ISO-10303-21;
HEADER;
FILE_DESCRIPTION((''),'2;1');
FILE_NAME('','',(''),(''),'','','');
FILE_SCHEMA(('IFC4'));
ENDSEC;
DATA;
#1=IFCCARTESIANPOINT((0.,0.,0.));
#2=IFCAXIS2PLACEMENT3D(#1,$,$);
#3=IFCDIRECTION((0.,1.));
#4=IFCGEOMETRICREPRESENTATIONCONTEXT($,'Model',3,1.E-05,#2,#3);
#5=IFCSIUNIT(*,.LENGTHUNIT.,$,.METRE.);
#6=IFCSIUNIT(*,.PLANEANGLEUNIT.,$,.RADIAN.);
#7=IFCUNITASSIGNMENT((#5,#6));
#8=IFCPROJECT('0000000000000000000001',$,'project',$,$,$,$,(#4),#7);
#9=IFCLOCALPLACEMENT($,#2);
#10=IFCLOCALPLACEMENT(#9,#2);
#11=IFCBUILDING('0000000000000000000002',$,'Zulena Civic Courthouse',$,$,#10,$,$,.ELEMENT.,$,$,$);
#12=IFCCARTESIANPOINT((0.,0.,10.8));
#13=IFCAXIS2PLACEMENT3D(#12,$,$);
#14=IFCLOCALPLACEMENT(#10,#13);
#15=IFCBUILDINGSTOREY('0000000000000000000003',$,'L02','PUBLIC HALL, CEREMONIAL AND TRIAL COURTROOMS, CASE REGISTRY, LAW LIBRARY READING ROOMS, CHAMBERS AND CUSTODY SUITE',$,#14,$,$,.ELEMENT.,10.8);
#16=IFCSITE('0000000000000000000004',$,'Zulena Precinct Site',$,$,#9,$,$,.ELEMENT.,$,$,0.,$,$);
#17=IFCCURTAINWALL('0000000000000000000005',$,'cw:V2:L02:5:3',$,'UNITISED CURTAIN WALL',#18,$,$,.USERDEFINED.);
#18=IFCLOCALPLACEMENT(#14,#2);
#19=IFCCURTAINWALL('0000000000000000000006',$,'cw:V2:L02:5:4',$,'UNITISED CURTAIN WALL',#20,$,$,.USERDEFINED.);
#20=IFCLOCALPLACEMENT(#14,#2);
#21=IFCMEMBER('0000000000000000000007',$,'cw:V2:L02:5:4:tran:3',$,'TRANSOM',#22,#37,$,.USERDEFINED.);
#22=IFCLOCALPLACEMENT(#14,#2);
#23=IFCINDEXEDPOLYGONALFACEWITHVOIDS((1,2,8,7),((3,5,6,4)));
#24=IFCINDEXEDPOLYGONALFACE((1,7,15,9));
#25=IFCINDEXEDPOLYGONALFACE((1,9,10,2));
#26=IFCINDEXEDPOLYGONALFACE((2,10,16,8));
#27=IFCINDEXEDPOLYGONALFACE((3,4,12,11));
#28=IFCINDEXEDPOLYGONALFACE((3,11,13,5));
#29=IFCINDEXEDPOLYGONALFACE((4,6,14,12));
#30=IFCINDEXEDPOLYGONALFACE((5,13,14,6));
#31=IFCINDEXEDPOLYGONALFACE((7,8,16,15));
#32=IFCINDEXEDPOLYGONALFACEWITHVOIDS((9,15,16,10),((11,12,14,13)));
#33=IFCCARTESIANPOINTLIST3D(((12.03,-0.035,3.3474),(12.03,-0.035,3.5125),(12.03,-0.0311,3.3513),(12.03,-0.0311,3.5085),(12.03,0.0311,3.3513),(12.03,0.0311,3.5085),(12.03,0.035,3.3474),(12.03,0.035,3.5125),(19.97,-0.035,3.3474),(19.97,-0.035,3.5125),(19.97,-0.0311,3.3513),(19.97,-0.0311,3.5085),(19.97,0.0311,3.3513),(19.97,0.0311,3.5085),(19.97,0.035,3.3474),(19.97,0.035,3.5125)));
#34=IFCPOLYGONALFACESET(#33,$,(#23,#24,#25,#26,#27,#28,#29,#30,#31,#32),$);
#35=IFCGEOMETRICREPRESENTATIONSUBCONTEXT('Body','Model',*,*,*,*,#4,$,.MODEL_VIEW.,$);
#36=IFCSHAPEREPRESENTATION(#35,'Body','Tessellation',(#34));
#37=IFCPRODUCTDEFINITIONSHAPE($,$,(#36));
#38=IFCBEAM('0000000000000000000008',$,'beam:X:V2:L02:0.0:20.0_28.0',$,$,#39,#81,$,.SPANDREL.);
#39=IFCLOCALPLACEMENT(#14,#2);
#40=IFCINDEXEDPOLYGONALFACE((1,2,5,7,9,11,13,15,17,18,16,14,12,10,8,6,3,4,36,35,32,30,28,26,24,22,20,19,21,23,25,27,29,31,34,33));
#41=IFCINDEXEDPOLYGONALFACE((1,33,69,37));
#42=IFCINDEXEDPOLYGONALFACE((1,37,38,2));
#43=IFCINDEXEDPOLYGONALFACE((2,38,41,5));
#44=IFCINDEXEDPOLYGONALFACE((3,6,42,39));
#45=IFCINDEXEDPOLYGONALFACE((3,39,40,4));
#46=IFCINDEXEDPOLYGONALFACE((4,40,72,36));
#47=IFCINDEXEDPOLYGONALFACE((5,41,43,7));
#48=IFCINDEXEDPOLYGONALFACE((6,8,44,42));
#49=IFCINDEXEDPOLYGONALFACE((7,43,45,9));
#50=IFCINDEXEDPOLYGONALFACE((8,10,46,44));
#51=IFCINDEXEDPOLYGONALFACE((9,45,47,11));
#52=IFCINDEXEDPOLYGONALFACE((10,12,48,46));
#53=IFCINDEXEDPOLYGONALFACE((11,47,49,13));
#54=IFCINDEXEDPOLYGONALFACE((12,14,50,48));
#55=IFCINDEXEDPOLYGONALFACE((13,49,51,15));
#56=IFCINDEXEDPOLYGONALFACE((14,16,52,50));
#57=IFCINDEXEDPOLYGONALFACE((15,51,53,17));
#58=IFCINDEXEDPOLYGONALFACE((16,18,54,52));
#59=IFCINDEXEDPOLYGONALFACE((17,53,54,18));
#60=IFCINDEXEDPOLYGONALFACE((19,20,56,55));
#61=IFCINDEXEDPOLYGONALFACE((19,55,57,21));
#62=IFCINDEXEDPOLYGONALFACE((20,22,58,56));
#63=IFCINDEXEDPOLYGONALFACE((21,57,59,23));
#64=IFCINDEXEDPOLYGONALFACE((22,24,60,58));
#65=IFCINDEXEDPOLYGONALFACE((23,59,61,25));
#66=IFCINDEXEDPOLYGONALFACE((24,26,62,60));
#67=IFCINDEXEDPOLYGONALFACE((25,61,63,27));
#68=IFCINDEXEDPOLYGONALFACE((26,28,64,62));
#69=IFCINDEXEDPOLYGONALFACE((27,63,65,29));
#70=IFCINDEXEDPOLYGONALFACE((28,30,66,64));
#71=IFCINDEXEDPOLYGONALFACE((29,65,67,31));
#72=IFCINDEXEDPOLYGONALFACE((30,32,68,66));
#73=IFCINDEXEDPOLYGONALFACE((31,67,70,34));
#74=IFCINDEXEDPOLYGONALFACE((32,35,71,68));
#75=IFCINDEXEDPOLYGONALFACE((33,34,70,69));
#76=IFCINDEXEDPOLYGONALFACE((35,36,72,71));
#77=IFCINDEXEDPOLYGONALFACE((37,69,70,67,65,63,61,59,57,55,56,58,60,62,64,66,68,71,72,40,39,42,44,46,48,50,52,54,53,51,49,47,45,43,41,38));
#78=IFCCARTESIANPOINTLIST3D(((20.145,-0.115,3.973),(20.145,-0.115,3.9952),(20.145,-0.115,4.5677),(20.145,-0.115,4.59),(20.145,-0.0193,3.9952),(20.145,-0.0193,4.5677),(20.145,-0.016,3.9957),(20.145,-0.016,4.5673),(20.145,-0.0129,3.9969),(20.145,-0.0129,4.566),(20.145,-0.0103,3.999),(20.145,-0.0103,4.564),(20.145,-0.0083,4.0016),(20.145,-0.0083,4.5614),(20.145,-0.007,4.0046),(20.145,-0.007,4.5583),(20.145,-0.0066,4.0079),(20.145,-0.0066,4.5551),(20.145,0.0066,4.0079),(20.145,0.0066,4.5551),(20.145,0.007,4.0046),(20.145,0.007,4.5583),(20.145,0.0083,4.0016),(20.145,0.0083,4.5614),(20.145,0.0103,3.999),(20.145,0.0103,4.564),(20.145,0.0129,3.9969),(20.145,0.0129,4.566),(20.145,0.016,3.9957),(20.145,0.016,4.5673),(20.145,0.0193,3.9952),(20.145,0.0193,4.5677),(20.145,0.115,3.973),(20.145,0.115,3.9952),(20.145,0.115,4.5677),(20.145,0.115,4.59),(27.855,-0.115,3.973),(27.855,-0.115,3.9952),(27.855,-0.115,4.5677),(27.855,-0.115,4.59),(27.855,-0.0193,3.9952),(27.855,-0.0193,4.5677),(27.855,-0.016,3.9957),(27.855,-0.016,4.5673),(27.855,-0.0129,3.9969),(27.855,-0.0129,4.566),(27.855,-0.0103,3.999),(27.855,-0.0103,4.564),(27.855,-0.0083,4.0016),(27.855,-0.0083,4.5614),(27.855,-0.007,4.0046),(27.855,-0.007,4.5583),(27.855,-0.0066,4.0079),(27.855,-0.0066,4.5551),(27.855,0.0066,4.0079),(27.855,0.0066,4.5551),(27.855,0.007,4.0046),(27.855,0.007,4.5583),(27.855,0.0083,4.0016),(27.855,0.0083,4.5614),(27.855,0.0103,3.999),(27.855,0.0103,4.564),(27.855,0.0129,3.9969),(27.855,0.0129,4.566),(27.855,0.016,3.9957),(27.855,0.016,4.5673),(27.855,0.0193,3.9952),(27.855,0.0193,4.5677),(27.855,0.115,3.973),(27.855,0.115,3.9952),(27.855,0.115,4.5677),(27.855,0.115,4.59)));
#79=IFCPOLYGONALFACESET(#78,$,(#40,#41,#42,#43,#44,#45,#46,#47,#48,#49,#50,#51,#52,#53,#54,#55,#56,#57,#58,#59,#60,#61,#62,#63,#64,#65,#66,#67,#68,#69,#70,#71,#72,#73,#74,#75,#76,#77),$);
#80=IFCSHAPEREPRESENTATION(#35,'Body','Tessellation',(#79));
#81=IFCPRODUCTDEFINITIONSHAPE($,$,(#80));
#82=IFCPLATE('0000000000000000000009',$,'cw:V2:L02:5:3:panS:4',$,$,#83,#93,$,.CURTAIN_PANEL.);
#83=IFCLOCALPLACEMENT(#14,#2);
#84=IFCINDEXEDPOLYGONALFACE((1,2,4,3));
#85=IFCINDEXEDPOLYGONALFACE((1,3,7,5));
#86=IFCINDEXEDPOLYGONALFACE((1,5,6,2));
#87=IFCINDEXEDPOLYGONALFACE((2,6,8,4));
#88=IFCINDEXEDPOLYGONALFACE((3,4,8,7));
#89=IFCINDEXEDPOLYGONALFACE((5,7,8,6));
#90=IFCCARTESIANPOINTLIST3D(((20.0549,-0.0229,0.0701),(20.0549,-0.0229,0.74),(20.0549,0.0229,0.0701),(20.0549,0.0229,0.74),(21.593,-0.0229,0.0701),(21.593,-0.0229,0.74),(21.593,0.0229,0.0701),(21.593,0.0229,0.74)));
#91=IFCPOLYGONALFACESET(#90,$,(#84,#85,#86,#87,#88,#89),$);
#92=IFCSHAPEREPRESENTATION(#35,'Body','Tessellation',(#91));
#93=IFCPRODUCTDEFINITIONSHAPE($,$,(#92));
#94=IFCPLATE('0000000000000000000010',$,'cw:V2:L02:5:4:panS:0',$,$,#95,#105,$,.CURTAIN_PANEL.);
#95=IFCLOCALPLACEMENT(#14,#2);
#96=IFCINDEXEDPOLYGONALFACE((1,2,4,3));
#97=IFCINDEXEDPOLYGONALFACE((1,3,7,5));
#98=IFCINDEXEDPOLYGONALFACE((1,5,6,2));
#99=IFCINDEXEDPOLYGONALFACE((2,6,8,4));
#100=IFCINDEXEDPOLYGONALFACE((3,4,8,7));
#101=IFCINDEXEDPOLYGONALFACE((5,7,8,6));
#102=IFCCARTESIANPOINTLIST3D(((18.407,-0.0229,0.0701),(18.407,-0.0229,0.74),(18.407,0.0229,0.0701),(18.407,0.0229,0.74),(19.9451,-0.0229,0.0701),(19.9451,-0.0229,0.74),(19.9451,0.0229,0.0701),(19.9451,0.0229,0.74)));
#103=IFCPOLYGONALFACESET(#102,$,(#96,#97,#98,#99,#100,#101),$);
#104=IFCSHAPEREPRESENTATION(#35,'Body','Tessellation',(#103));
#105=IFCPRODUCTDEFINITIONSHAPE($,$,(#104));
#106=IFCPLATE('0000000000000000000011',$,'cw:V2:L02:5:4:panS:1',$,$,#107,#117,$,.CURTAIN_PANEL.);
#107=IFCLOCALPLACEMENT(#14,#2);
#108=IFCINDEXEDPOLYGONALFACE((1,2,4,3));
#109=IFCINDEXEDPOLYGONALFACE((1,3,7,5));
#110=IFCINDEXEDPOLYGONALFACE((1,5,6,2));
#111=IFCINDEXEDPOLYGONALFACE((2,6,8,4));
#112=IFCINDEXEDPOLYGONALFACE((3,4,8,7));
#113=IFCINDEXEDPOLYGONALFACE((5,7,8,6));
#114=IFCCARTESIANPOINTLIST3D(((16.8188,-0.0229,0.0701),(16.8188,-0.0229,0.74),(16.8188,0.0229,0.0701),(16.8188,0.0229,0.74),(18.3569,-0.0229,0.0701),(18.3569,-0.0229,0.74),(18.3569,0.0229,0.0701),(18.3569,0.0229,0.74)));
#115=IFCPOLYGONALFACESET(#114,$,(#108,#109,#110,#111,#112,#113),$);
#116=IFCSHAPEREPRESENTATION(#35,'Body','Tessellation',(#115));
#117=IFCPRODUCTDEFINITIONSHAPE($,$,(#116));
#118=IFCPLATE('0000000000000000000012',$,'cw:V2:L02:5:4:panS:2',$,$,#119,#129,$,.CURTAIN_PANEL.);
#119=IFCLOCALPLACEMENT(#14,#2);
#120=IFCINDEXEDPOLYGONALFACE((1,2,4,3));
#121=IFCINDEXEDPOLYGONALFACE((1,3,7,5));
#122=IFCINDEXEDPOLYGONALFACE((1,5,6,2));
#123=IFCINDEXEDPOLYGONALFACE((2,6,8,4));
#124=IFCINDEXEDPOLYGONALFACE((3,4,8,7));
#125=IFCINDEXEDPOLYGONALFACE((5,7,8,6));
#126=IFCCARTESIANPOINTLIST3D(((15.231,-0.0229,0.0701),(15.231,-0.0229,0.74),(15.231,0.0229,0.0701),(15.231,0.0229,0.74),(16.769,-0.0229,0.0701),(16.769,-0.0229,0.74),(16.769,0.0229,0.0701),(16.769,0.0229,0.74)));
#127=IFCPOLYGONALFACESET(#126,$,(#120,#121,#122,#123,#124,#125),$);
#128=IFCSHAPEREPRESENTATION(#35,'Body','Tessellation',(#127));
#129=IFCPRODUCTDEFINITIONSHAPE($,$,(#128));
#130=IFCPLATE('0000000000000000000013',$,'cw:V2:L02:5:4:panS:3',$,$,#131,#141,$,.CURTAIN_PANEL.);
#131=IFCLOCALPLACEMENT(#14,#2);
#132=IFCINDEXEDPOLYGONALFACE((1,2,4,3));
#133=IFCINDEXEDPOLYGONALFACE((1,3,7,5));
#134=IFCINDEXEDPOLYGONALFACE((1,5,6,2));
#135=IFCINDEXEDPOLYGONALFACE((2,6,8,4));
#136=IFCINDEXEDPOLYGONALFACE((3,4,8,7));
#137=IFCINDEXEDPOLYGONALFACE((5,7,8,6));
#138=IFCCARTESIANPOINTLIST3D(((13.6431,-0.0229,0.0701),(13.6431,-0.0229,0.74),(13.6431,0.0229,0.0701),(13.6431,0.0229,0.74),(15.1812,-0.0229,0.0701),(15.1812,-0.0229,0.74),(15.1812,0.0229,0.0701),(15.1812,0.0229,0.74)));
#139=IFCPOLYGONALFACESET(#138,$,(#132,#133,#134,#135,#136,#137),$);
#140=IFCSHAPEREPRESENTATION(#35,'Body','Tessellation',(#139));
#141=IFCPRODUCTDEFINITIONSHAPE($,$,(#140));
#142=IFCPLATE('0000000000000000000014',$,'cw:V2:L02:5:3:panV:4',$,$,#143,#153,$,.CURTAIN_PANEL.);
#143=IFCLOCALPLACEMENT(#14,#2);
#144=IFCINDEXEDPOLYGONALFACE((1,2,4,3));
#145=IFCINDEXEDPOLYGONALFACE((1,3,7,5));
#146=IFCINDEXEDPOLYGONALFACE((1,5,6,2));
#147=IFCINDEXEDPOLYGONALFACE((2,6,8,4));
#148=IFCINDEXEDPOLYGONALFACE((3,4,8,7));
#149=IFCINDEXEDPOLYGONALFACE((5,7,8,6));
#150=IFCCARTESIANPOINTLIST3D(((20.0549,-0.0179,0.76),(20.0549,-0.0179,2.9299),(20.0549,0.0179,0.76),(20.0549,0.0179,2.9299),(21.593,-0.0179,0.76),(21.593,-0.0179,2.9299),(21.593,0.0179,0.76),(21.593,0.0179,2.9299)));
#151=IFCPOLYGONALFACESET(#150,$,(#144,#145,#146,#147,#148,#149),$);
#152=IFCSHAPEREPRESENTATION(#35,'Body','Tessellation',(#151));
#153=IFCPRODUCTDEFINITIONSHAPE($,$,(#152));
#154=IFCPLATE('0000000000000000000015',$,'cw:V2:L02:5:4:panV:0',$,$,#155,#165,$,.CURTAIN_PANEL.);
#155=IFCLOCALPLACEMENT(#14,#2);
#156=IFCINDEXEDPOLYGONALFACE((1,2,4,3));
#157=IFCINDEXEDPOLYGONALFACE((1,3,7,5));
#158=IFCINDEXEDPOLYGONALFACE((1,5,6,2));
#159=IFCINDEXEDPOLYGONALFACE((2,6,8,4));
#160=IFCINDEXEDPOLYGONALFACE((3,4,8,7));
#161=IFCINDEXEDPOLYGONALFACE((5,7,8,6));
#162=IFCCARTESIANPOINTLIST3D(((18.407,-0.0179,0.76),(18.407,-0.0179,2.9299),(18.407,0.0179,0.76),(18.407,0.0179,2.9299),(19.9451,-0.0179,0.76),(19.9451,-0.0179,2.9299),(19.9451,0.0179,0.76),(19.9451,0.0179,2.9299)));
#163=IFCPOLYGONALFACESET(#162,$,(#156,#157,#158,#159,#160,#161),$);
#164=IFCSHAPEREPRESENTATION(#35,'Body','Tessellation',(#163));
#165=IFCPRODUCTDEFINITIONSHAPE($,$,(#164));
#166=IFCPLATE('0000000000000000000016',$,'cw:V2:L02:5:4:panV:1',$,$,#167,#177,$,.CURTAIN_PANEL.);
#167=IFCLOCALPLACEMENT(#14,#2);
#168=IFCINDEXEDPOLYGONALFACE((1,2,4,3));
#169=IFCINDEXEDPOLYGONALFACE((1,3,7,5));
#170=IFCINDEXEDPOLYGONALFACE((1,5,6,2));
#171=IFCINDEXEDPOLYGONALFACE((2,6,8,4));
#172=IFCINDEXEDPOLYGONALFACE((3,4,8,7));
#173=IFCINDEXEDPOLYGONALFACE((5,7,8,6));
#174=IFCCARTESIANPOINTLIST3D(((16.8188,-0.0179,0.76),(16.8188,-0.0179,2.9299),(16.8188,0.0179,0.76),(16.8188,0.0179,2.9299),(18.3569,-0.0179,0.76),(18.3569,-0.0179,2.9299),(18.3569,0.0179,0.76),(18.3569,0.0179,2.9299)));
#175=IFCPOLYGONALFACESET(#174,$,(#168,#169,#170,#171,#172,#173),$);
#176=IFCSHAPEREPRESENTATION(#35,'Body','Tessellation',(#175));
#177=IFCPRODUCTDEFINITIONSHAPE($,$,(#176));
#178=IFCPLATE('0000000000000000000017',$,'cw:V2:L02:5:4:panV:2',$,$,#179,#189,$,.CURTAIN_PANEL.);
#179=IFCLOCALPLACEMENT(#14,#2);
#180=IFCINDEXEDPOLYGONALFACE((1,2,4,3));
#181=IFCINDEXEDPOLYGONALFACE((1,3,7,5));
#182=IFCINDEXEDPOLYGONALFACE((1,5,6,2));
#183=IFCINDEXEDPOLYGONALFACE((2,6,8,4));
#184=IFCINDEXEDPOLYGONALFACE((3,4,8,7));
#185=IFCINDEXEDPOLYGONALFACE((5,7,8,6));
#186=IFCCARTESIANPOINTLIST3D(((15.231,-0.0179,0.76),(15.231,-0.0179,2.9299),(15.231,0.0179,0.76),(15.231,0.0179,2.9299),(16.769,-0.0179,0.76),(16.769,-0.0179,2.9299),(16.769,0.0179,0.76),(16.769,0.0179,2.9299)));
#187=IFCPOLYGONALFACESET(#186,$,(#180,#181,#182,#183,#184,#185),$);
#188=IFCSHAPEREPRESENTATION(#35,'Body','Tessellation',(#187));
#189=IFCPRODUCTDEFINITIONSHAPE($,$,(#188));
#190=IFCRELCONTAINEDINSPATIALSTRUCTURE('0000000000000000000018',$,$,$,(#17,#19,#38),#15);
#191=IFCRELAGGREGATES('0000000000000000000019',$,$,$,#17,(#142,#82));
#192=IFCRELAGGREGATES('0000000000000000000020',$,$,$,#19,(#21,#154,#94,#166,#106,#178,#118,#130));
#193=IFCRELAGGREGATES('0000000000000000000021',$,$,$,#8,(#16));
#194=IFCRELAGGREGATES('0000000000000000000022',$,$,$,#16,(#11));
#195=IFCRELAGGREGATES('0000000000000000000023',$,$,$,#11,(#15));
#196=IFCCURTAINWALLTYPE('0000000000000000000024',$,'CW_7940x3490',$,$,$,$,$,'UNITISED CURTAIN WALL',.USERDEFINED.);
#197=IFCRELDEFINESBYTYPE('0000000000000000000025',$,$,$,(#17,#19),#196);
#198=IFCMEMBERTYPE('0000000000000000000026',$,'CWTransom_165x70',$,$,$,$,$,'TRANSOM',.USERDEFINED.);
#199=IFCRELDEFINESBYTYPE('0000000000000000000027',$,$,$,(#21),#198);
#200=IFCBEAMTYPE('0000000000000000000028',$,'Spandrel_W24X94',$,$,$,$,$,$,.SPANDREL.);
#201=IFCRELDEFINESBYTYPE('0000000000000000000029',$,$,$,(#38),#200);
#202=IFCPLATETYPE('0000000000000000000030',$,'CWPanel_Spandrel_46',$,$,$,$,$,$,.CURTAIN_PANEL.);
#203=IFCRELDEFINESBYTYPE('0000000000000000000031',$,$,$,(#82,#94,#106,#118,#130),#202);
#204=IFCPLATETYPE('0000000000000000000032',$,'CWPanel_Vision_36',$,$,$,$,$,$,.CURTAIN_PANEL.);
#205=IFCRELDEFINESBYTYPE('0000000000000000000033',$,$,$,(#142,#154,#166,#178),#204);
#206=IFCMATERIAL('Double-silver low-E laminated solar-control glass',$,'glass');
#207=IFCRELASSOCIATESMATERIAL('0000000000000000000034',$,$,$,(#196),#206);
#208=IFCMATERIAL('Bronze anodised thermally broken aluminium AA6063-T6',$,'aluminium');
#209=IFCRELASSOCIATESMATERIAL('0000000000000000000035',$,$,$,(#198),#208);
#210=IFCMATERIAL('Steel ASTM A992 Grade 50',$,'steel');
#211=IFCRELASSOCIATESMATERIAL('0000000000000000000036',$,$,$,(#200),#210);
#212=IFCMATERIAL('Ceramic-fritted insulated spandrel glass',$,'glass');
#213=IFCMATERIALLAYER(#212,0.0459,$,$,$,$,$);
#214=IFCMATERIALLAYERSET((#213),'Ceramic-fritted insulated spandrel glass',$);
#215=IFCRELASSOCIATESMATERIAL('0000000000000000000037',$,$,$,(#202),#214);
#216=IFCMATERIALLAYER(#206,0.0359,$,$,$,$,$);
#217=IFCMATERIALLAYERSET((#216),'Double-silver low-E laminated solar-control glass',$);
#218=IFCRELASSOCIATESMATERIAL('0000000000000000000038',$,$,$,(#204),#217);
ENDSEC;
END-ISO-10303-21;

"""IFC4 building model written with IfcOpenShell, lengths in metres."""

from ifc_helpers import new_model, si_unit, direction, frame, origin, origin_2d, place, context, subcontext, project, spatial, rectangle, hollow_rectangle, i_section, extrude, material, layer, layer_set, material_profile, profile_set, type_object, element, aggregate, save


model = new_model("IFC4")

# Units and contexts
model_context = context("Model", 3, precision=1e-05, world=origin(), true_north=direction((0.0, 1.0)))
body_context = subcontext(model_context, "Body", "Model", "MODEL_VIEW")
ifc_project = project(units=[si_unit("LENGTHUNIT", "METRE"), si_unit("PLANEANGLEUNIT", "RADIAN")], contexts=[model_context])

# Site, building, storey
site_placement = place(None, origin())
site = spatial("IfcSite", under=ifc_project, at=site_placement, Name="Zulena Precinct Site", CompositionType="ELEMENT", RefElevation=0.0)
building_placement = place(site_placement, origin())
building = spatial("IfcBuilding", under=site, at=building_placement, Name="Zulena Civic Courthouse", CompositionType="ELEMENT")
storey_placement = place(building_placement, frame((0.0, 0.0, 10.8)))
storey = spatial("IfcBuildingStorey", under=building, at=storey_placement, Name="L02", Description="PUBLIC HALL, CEREMONIAL AND TRIAL COURTROOMS, CASE REGISTRY, LAW LIBRARY READING ROOMS, CHAMBERS AND CUSTODY SUITE", CompositionType="ELEMENT", Elevation=10.8)

# Shared definitions
ifc_material_1 = material(Name="Steel ASTM A992 Grade 50", Category="steel")

# Curtain wall
ifc_material_2 = material(Name="Double-silver low-E laminated solar-control glass", Category="glass")
curtain_wall_type = type_object("IfcCurtainWallType", Name="CW_7940x3490", ElementType="UNITISED CURTAIN WALL", PredefinedType="USERDEFINED", material=ifc_material_2)
curtain_wall_1_placement = place(storey_placement, origin())
curtain_wall_1 = element("IfcCurtainWall", 1, at=curtain_wall_1_placement, inside=storey, type_object=curtain_wall_type, Name="cw:V2:L02:5:3", ObjectType="UNITISED CURTAIN WALL", PredefinedType="USERDEFINED")
ifc_material_3 = material(Name="Bronze anodised thermally broken aluminium AA6063-T6", Category="aluminium")

# Curtain wall, member
curtain_wall_2_placement = place(storey_placement, origin())
curtain_wall_2 = element("IfcCurtainWall", 2, at=curtain_wall_2_placement, inside=storey, type_object=curtain_wall_type, Name="cw:V2:L02:5:4", ObjectType="UNITISED CURTAIN WALL", PredefinedType="USERDEFINED")
ifc_material_profile_1 = material_profile(ifc_material_3, hollow_rectangle(XDim=0.0701, YDim=0.165, WallThickness=0.0039, at=origin_2d()), Name="CWT165X70X4")
ifc_profile_set_1 = profile_set([ifc_material_profile_1], Name="Bronze anodised thermally broken aluminium AA6063-T6")
member_type_1 = type_object("IfcMemberType", Name="CWTransom_165x70", ElementType="TRANSOM", PredefinedType="USERDEFINED", material=ifc_profile_set_1)
member_1_placement = place(storey_placement, frame((19.97, 0.0, 3.4299), z_axis=(-1.0, 0.0, 0.0), x_axis=(0.0, -1.0, 0.0)))
member_1 = element("IfcMember", 3, at=member_1_placement, type_object=member_type_1, Name="cw:V2:L02:5:4:tran:3", ObjectType="TRANSOM", PredefinedType="USERDEFINED", context=body_context, shape_type="SweptSolid", body=[
    extrude(hollow_rectangle(XDim=0.0701, YDim=0.165, WallThickness=0.0039, at=origin_2d()), origin(), (0.0, 0.0, 1.0), 7.9399),
])

# Beam
ifc_material_profile_2 = material_profile(ifc_material_1, i_section(OverallWidth=0.23, OverallDepth=0.6169, WebThickness=0.0132, FlangeThickness=0.0222, FilletRadius=0.0127, at=origin_2d()), Name="W24X94")
ifc_profile_set_2 = profile_set([ifc_material_profile_2], Name="Steel ASTM A992 Grade 50")
beam_type = type_object("IfcBeamType", Name="Spandrel_W24X94", PredefinedType="SPANDREL", material=ifc_profile_set_2)
beam_placement = place(storey_placement, frame((20.145, 0.0, 4.2815), z_axis=(1.0, 0.0, 0.0), x_axis=(0.0, 1.0, 0.0)))
element("IfcBeam", 4, at=beam_placement, inside=storey, type_object=beam_type, Name="beam:X:V2:L02:0.0:20.0_28.0", PredefinedType="SPANDREL", context=body_context, shape_type="SweptSolid", body=[
    extrude(i_section(OverallWidth=0.23, OverallDepth=0.6169, WebThickness=0.0132, FlangeThickness=0.0222, FilletRadius=0.0127, at=origin_2d()), origin(), (0.0, 0.0, 1.0), 7.71),
])

# Plates
ifc_material_4 = material(Name="Ceramic-fritted insulated spandrel glass", Category="glass")
ifc_layer_1 = layer(ifc_material_4, 0.0459)
ifc_layer_set_1 = layer_set([ifc_layer_1], Name="Ceramic-fritted insulated spandrel glass")
plate_type_1 = type_object("IfcPlateType", Name="CWPanel_Spandrel_46", PredefinedType="CURTAIN_PANEL", material=ifc_layer_set_1)
plate_1_placement = place(storey_placement, frame((20.824, 0.0, 0.0701), z_axis=(0.0, 0.0, 1.0), x_axis=(-1.0, 0.0, 0.0)))
plate_1 = element("IfcPlate", 5, at=plate_1_placement, type_object=plate_type_1, Name="cw:V2:L02:5:3:panS:4", PredefinedType="CURTAIN_PANEL", context=body_context, shape_type="SweptSolid", body=[
    extrude(rectangle(XDim=1.5381, YDim=0.0459, at=origin_2d()), origin(), (0.0, 0.0, 1.0), 0.6699),
])
plate_2_placement = place(storey_placement, frame((19.176, 0.0, 0.0701), z_axis=(0.0, 0.0, 1.0), x_axis=(-1.0, 0.0, 0.0)))
plate_2 = element("IfcPlate", 6, at=plate_2_placement, type_object=plate_type_1, Name="cw:V2:L02:5:4:panS:0", PredefinedType="CURTAIN_PANEL", context=body_context, shape_type="SweptSolid", body=[
    extrude(rectangle(XDim=1.5381, YDim=0.0459, at=origin_2d()), origin(), (0.0, 0.0, 1.0), 0.6699),
])
plate_3_placement = place(storey_placement, frame((17.5879, 0.0, 0.0701), z_axis=(0.0, 0.0, 1.0), x_axis=(-1.0, 0.0, 0.0)))
plate_3 = element("IfcPlate", 7, at=plate_3_placement, type_object=plate_type_1, Name="cw:V2:L02:5:4:panS:1", PredefinedType="CURTAIN_PANEL", context=body_context, shape_type="SweptSolid", body=[
    extrude(rectangle(XDim=1.5381, YDim=0.0459, at=origin_2d()), origin(), (0.0, 0.0, 1.0), 0.6699),
])
plate_4_placement = place(storey_placement, frame((16.0, 0.0, 0.0701), z_axis=(0.0, 0.0, 1.0), x_axis=(-1.0, 0.0, 0.0)))
plate_4 = element("IfcPlate", 8, at=plate_4_placement, type_object=plate_type_1, Name="cw:V2:L02:5:4:panS:2", PredefinedType="CURTAIN_PANEL", context=body_context, shape_type="SweptSolid", body=[
    extrude(rectangle(XDim=1.5381, YDim=0.0459, at=origin_2d()), origin(), (0.0, 0.0, 1.0), 0.6699),
])
plate_5_placement = place(storey_placement, frame((14.4121, 0.0, 0.0701), z_axis=(0.0, 0.0, 1.0), x_axis=(-1.0, 0.0, 0.0)))
plate_5 = element("IfcPlate", 9, at=plate_5_placement, type_object=plate_type_1, Name="cw:V2:L02:5:4:panS:3", PredefinedType="CURTAIN_PANEL", context=body_context, shape_type="SweptSolid", body=[
    extrude(rectangle(XDim=1.5381, YDim=0.0459, at=origin_2d()), origin(), (0.0, 0.0, 1.0), 0.6699),
])
ifc_layer_2 = layer(ifc_material_2, 0.0359)
ifc_layer_set_2 = layer_set([ifc_layer_2], Name="Double-silver low-E laminated solar-control glass")
plate_type_2 = type_object("IfcPlateType", Name="CWPanel_Vision_36", PredefinedType="CURTAIN_PANEL", material=ifc_layer_set_2)
plate_6_placement = place(storey_placement, frame((20.824, 0.0, 0.76), z_axis=(0.0, 0.0, 1.0), x_axis=(-1.0, 0.0, 0.0)))
plate_6 = element("IfcPlate", 10, at=plate_6_placement, type_object=plate_type_2, Name="cw:V2:L02:5:3:panV:4", PredefinedType="CURTAIN_PANEL", context=body_context, shape_type="SweptSolid", body=[
    extrude(rectangle(XDim=1.5381, YDim=0.0359, at=origin_2d()), origin(), (0.0, 0.0, 1.0), 2.1699),
])
aggregate(curtain_wall_1, [plate_6, plate_1])
plate_7_placement = place(storey_placement, frame((19.176, 0.0, 0.76), z_axis=(0.0, 0.0, 1.0), x_axis=(-1.0, 0.0, 0.0)))
plate_7 = element("IfcPlate", 11, at=plate_7_placement, type_object=plate_type_2, Name="cw:V2:L02:5:4:panV:0", PredefinedType="CURTAIN_PANEL", context=body_context, shape_type="SweptSolid", body=[
    extrude(rectangle(XDim=1.5381, YDim=0.0359, at=origin_2d()), origin(), (0.0, 0.0, 1.0), 2.1699),
])
plate_8_placement = place(storey_placement, frame((17.5879, 0.0, 0.76), z_axis=(0.0, 0.0, 1.0), x_axis=(-1.0, 0.0, 0.0)))
plate_8 = element("IfcPlate", 12, at=plate_8_placement, type_object=plate_type_2, Name="cw:V2:L02:5:4:panV:1", PredefinedType="CURTAIN_PANEL", context=body_context, shape_type="SweptSolid", body=[
    extrude(rectangle(XDim=1.5381, YDim=0.0359, at=origin_2d()), origin(), (0.0, 0.0, 1.0), 2.1699),
])
plate_9_placement = place(storey_placement, frame((16.0, 0.0, 0.76), z_axis=(0.0, 0.0, 1.0), x_axis=(-1.0, 0.0, 0.0)))
plate_9 = element("IfcPlate", 13, at=plate_9_placement, type_object=plate_type_2, Name="cw:V2:L02:5:4:panV:2", PredefinedType="CURTAIN_PANEL", context=body_context, shape_type="SweptSolid", body=[
    extrude(rectangle(XDim=1.5381, YDim=0.0359, at=origin_2d()), origin(), (0.0, 0.0, 1.0), 2.1699),
])
aggregate(curtain_wall_2, [member_1, plate_7, plate_2, plate_8, plate_3, plate_9, plate_4, plate_5])

save(model, "model.ifc")
